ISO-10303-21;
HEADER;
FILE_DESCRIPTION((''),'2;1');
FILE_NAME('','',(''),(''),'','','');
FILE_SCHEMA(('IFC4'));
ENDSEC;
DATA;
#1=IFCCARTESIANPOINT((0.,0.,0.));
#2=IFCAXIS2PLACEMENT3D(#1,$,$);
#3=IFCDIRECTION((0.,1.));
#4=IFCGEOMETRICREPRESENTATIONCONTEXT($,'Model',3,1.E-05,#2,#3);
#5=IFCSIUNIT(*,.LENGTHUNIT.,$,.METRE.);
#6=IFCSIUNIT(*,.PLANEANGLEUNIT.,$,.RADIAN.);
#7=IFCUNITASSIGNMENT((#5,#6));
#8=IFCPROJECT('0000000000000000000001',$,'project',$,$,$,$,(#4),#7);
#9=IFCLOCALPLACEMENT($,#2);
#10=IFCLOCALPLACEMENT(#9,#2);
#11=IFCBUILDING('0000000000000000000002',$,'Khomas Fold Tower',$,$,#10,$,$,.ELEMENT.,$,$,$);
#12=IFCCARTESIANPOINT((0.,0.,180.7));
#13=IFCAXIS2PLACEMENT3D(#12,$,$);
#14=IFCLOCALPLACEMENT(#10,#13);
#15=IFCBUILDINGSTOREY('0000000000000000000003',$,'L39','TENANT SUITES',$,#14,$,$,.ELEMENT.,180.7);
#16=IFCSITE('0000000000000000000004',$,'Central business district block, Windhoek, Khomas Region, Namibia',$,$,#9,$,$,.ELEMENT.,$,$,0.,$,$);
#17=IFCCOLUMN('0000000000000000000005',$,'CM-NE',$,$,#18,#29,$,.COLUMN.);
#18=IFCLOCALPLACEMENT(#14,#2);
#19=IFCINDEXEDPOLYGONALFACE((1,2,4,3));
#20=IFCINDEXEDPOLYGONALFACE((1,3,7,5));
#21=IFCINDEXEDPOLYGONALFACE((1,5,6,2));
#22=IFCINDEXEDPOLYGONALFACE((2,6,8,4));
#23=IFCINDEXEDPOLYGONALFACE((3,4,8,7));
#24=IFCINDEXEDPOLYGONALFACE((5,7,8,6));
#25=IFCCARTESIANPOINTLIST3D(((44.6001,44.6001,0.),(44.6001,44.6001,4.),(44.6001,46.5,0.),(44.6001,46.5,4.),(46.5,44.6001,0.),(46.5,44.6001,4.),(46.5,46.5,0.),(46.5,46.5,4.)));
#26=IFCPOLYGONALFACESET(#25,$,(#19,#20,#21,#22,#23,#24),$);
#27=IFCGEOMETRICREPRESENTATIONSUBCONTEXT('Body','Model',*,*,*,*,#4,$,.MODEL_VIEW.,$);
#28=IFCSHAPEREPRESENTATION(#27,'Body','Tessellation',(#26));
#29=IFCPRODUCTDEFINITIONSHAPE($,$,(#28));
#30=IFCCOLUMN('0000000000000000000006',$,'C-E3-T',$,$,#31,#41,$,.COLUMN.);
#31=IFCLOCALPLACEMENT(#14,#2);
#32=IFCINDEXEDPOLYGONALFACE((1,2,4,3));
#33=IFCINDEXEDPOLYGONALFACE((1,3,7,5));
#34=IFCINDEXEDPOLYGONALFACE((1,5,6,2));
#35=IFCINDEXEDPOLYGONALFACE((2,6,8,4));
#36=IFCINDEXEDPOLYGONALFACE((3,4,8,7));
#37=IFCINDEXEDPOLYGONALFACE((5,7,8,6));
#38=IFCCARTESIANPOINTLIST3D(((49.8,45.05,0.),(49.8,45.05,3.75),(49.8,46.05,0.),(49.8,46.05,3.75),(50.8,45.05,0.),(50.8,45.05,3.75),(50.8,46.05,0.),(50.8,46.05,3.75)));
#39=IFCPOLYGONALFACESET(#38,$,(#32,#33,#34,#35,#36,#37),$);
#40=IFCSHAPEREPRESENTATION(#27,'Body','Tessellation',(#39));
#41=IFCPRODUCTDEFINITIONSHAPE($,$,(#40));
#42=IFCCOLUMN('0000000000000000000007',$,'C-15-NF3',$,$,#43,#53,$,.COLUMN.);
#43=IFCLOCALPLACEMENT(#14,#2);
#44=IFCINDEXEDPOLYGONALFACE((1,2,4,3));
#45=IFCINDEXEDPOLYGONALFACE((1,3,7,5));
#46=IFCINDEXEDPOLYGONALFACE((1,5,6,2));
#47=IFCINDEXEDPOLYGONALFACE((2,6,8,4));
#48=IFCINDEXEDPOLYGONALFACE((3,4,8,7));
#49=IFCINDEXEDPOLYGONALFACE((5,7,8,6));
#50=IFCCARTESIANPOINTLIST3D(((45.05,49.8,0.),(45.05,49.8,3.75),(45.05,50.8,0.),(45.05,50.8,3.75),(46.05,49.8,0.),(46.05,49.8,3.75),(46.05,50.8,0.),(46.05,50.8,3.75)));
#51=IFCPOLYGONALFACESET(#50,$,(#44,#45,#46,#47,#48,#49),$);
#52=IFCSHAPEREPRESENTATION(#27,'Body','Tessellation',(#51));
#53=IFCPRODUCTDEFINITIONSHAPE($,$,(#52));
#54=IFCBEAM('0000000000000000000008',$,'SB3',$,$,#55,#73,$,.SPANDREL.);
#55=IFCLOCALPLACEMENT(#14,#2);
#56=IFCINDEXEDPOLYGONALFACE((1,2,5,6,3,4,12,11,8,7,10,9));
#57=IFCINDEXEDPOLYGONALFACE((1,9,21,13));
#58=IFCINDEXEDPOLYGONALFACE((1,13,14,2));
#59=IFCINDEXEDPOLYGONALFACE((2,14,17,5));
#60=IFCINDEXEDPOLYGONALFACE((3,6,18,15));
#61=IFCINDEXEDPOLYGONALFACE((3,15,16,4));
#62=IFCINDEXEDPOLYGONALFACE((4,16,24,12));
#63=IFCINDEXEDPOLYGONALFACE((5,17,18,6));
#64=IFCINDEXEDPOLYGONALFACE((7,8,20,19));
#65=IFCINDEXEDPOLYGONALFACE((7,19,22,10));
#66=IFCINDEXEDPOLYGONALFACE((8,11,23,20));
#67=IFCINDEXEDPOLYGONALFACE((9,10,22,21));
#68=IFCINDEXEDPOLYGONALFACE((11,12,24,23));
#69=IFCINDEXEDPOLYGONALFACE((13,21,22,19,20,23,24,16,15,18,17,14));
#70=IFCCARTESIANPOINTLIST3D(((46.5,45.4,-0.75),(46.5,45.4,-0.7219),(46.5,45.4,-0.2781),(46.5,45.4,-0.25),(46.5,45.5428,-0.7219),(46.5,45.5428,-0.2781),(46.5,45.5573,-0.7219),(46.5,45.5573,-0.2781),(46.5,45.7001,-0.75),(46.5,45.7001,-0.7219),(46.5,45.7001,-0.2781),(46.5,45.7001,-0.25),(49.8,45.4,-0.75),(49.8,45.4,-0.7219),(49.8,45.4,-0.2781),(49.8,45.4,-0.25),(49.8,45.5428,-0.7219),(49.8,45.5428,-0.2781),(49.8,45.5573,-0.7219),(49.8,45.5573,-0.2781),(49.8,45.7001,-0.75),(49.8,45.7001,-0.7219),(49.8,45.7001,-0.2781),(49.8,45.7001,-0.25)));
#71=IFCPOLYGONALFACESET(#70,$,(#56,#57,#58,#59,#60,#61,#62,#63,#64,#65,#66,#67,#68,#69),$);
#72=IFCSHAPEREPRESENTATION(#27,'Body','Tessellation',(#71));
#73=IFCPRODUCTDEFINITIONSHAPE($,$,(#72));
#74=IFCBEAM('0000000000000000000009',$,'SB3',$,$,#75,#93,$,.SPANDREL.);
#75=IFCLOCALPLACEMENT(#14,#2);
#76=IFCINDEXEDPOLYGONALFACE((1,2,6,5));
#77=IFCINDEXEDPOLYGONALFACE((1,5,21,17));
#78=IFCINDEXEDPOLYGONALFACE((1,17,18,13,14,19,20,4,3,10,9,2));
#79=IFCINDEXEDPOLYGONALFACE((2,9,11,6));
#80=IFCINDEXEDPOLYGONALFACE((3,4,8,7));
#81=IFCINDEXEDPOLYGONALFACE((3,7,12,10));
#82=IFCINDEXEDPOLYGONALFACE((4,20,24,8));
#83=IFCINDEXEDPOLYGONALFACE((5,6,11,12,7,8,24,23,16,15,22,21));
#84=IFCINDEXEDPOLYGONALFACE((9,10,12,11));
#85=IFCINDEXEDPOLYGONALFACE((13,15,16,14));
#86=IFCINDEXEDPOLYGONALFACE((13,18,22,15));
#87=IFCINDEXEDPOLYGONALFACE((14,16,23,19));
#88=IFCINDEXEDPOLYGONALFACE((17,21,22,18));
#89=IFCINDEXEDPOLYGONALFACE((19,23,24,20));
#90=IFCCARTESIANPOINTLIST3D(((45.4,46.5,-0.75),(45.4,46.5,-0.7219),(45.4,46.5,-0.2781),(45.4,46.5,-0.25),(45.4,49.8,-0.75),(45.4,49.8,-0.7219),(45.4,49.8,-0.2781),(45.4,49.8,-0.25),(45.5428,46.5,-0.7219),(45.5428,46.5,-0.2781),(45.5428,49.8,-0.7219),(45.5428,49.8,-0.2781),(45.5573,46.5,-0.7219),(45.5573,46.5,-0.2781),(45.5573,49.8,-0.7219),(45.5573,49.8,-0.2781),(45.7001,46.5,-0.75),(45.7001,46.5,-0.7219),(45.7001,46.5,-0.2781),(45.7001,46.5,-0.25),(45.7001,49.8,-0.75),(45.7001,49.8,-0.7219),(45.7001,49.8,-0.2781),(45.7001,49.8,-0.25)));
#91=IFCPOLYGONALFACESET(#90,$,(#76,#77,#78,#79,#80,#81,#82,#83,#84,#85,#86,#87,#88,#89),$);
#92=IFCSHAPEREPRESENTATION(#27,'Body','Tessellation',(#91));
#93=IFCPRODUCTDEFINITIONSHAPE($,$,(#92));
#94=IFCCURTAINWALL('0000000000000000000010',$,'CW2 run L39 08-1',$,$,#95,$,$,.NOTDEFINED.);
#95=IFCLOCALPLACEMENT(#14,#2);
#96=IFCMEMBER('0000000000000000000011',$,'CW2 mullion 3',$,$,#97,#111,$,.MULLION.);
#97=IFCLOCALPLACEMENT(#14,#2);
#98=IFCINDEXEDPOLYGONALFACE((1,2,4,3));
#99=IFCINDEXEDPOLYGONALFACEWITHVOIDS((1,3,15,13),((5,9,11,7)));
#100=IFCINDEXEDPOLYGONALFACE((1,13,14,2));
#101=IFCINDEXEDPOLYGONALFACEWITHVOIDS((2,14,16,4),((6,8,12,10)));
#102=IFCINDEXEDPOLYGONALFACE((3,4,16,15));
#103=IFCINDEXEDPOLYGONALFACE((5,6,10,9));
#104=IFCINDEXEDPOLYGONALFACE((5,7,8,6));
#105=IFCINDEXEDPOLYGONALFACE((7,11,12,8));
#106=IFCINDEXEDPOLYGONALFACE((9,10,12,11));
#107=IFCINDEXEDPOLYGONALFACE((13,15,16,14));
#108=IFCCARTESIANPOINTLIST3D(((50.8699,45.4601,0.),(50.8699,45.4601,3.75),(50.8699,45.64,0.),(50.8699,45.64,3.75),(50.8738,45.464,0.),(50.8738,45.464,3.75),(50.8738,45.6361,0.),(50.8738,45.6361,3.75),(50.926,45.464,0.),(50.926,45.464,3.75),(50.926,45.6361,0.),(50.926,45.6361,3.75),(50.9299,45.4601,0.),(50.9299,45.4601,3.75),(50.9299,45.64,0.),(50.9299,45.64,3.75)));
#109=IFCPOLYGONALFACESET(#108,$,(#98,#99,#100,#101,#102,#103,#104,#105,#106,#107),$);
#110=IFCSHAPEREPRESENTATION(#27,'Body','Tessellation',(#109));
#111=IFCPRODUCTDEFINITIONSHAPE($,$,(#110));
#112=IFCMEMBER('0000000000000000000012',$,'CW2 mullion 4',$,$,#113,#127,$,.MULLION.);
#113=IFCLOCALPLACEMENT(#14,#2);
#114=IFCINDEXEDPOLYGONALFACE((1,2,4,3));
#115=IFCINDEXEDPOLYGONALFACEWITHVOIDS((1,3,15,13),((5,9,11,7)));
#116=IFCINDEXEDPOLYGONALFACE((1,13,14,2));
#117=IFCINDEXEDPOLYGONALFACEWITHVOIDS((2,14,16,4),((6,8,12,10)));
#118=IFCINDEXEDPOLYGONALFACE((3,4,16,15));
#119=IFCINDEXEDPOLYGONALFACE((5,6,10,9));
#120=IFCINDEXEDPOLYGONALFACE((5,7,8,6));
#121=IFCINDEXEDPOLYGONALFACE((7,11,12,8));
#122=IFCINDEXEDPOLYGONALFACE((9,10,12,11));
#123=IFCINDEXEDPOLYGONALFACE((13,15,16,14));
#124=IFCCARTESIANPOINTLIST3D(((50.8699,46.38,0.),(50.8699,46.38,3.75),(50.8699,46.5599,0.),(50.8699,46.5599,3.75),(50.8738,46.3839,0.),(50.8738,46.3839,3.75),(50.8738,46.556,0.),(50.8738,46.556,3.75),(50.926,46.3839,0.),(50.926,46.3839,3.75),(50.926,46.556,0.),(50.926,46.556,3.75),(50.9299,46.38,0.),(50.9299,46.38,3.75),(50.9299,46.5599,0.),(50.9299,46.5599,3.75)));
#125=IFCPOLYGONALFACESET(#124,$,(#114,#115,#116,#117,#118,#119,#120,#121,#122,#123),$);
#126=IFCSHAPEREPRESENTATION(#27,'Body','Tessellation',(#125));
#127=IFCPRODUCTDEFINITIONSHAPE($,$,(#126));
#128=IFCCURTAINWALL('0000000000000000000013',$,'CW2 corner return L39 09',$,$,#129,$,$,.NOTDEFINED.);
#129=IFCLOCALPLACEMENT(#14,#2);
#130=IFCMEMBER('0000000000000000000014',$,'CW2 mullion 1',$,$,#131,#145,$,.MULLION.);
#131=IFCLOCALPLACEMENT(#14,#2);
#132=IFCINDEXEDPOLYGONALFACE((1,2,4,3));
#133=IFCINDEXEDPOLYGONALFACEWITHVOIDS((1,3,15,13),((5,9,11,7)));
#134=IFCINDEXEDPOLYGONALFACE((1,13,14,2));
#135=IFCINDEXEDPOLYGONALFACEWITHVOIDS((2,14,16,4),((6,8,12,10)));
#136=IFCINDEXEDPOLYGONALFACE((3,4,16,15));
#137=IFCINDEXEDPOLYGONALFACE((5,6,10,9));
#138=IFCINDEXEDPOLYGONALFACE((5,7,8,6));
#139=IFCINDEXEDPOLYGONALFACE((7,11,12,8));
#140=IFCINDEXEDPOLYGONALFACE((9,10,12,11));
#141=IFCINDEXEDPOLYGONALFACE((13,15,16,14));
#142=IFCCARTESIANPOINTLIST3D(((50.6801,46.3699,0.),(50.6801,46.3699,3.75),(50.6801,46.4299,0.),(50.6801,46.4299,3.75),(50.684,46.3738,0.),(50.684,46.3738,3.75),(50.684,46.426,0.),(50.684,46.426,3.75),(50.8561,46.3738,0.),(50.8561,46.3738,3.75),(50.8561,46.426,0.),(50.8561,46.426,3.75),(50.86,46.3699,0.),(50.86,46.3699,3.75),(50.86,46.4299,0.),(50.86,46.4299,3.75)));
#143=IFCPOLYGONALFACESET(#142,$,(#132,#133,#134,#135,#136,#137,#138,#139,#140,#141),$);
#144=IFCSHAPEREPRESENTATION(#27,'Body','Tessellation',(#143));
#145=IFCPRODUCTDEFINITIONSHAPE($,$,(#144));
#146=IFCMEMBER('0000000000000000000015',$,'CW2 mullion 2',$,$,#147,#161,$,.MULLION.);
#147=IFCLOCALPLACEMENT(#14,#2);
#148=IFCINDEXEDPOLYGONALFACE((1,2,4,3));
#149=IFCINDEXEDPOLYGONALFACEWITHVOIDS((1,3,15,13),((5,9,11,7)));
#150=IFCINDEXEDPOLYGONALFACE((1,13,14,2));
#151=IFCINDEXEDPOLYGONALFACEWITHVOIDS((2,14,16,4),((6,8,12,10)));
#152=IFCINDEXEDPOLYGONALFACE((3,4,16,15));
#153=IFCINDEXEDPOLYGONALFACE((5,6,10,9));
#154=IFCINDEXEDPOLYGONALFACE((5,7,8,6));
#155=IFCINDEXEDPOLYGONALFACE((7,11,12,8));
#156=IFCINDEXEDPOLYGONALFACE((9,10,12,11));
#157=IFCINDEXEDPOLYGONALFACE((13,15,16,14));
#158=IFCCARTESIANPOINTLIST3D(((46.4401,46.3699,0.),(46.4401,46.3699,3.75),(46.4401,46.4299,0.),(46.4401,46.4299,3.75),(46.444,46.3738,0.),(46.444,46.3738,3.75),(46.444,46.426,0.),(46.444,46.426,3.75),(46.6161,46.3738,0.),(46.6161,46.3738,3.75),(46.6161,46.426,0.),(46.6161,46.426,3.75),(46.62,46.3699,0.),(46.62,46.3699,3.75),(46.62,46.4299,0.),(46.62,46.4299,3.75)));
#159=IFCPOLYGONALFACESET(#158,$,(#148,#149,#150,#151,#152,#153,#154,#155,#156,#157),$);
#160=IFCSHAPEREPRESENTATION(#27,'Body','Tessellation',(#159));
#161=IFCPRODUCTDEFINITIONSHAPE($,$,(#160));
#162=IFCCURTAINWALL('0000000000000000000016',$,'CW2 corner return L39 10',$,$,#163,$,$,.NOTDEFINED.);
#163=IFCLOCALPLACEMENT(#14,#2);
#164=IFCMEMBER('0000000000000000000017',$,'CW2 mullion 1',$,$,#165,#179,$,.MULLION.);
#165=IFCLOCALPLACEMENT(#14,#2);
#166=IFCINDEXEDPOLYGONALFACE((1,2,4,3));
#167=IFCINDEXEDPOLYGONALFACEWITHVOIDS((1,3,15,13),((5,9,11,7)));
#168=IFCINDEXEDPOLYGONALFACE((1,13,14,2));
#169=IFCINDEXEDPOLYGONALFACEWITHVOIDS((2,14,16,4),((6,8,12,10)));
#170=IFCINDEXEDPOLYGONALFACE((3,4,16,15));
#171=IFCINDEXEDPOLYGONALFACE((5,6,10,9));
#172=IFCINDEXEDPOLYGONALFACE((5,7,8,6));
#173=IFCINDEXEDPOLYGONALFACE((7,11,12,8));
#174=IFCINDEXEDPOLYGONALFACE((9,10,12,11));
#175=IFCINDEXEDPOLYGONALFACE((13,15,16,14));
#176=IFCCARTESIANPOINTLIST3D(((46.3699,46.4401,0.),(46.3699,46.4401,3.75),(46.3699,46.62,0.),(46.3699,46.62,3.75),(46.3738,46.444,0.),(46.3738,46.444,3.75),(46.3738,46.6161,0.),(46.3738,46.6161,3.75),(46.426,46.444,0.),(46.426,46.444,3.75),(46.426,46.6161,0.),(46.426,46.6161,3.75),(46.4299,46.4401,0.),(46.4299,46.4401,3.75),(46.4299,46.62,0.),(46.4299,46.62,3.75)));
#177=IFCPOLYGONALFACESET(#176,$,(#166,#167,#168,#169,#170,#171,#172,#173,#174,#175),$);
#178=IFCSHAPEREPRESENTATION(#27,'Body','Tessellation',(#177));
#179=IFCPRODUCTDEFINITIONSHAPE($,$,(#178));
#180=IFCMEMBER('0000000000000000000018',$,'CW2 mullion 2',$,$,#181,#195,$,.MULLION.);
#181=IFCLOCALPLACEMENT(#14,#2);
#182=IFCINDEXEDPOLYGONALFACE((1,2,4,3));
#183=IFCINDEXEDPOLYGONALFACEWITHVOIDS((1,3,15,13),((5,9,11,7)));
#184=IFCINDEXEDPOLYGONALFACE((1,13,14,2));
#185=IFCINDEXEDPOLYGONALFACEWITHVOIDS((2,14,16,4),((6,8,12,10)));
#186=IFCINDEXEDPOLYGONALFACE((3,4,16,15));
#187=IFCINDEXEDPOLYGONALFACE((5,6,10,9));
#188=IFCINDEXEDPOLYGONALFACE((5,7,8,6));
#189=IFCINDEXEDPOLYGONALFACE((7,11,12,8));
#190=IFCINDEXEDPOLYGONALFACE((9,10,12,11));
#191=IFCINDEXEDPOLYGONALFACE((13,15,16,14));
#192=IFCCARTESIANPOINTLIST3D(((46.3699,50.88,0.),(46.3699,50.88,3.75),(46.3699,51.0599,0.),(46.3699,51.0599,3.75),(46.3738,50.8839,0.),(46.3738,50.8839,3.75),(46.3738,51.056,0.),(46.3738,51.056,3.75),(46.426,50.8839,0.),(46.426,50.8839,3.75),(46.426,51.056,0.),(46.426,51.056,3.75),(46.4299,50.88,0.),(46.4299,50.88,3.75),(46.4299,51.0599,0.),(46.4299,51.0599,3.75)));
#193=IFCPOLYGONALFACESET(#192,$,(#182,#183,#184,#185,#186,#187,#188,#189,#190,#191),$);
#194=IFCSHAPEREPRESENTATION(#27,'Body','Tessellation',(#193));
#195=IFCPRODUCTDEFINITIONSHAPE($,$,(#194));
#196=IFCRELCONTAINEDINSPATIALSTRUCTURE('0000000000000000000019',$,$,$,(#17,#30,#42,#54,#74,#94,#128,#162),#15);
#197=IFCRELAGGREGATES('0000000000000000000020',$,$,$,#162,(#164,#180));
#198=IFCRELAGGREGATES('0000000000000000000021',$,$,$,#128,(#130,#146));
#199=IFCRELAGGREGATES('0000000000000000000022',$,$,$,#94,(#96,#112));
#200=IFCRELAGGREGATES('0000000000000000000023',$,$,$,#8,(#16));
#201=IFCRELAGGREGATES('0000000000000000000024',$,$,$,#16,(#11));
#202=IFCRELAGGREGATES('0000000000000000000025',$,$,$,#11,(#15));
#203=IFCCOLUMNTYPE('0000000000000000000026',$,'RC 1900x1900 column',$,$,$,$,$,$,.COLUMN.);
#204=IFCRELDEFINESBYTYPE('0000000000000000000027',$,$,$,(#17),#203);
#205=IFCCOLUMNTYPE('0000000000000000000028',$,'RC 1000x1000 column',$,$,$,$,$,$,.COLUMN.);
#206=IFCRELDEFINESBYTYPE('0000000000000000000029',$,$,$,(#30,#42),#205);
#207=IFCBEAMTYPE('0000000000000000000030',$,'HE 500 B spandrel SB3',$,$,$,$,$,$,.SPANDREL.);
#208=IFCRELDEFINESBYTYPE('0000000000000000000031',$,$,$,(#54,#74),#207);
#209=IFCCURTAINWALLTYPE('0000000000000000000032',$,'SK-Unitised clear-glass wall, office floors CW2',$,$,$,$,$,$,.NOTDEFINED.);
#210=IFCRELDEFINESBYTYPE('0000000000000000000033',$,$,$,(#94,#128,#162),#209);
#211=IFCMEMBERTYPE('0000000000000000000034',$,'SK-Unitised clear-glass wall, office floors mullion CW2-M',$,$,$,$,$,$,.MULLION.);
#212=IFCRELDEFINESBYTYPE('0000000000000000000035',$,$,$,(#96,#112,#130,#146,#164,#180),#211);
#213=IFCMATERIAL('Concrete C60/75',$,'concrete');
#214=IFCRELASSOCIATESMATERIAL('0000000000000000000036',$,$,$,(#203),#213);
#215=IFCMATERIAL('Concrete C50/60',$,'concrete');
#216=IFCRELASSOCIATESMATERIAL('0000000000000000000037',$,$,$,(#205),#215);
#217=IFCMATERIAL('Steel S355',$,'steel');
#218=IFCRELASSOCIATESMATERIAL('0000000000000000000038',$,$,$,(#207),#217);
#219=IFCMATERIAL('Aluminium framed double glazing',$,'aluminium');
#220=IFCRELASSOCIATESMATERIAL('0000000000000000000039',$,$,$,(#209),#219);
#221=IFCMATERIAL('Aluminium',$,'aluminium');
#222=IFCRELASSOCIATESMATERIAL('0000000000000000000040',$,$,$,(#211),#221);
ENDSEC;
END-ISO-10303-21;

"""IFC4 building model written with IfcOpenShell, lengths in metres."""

from ifc_helpers import new_model, si_unit, direction, frame, origin, origin_2d, place, context, subcontext, project, spatial, rectangle, hollow_rectangle, i_section, extrude, source, transform, mapped, material, material_profile, profile_set, type_object, element, aggregate, save


model = new_model("IFC4")

# Units and contexts
model_context = context("Model", 3, precision=1e-05, world=origin(), true_north=direction((0.0, 1.0)))
body_context = subcontext(model_context, "Body", "Model", "MODEL_VIEW")
ifc_project = project(units=[si_unit("LENGTHUNIT", "METRE"), si_unit("PLANEANGLEUNIT", "RADIAN")], contexts=[model_context])

# Site, building, storey
site_placement = place(None, origin())
site = spatial("IfcSite", under=ifc_project, at=site_placement, Name="Central business district block, Windhoek, Khomas Region, Namibia", CompositionType="ELEMENT", RefElevation=0.0)
building_placement = place(site_placement, origin())
building = spatial("IfcBuilding", under=site, at=building_placement, Name="Khomas Fold Tower", CompositionType="ELEMENT")
storey_placement = place(building_placement, frame((0.0, 0.0, 180.7)))
storey = spatial("IfcBuildingStorey", under=building, at=storey_placement, Name="L39", Description="TENANT SUITES", CompositionType="ELEMENT", Elevation=180.7)

# Columns
ifc_material_1 = material(Name="Concrete C60/75", Category="concrete")
ifc_material_profile_1 = material_profile(ifc_material_1, rectangle(XDim=1.8999, YDim=1.8999, at=origin_2d()), Name="RC 1900x1900")
ifc_profile_set_1 = profile_set([ifc_material_profile_1], Name="Concrete C60/75")
column_type_1 = type_object("IfcColumnType", Name="RC 1900x1900 column", PredefinedType="COLUMN", material=ifc_profile_set_1)
shared_shape_1 = source(origin(), body_context, "Body", "SweptSolid", [
    extrude(rectangle(XDim=1.8999, YDim=1.8999, at=origin_2d()), origin(), (0.0, 0.0, 1.0), 4.0),
])
column_placement = place(storey_placement, frame((45.55, 45.55, 0.0), z_axis=(0.0, 0.0, 1.0), x_axis=(1.0, 0.0, 0.0)))
element("IfcColumn", 1, at=column_placement, inside=storey, type_object=column_type_1, Name="CM-NE", PredefinedType="COLUMN", context=body_context, shape_type="MappedRepresentation", body=[
    mapped(shared_shape_1, transform((0.0, 0.0, 0.0))),
])
ifc_material_2 = material(Name="Concrete C50/60", Category="concrete")
ifc_material_profile_2 = material_profile(ifc_material_2, rectangle(XDim=1.0, YDim=1.0, at=origin_2d()), Name="RC 1000x1000")
ifc_profile_set_2 = profile_set([ifc_material_profile_2], Name="Concrete C50/60")
column_type_2 = type_object("IfcColumnType", Name="RC 1000x1000 column", PredefinedType="COLUMN", material=ifc_profile_set_2)
shared_shape_2 = source(origin(), body_context, "Body", "SweptSolid", [
    extrude(rectangle(XDim=1.0, YDim=1.0, at=origin_2d()), origin(), (0.0, 0.0, 1.0), 3.75),
])
for number, where, z_axis, x_axis, name in (
    (2, (50.3, 45.55, 0.0), (0.0, 0.0, 1.0), (1.0, 0.0, 0.0), "C-E3-T"),
    (3, (45.55, 50.3, 0.0), (0.0, 0.0, 1.0), (1.0, 0.0, 0.0), "C-15-NF3"),
):
    element("IfcColumn", number, at=place(storey_placement, frame(where, z_axis=z_axis, x_axis=x_axis)), inside=storey, type_object=column_type_2, Name=name, PredefinedType="COLUMN", context=body_context, shape_type="MappedRepresentation", body=[
        mapped(shared_shape_2, transform((0.0, 0.0, 0.0))),
    ])

# Beams
ifc_material_3 = material(Name="Steel S355", Category="steel")
ifc_material_profile_3 = material_profile(ifc_material_3, i_section(OverallWidth=0.3, OverallDepth=0.5, WebThickness=0.0144, FlangeThickness=0.0281, at=origin_2d()), Name="HE 500 B")
ifc_profile_set_3 = profile_set([ifc_material_profile_3], Name="Steel S355")
beam_type = type_object("IfcBeamType", Name="HE 500 B spandrel SB3", PredefinedType="SPANDREL", material=ifc_profile_set_3)
shared_shape_3 = source(origin(), body_context, "Body", "SweptSolid", [
    extrude(i_section(OverallWidth=0.3, OverallDepth=0.5, WebThickness=0.0144, FlangeThickness=0.0281, at=origin_2d()), origin(), (0.0, 0.0, 1.0), 3.3),
])
for number, where, z_axis, x_axis, name in (
    (4, (46.5, 45.55, -0.5), (1.0, 0.0, 0.0), (0.0, 1.0, 0.0), "SB3"),
    (5, (45.55, 46.5, -0.5), (0.0, 1.0, 0.0), (-1.0, 0.0, 0.0), "SB3"),
):
    element("IfcBeam", number, at=place(storey_placement, frame(where, z_axis=z_axis, x_axis=x_axis)), inside=storey, type_object=beam_type, Name=name, PredefinedType="SPANDREL", context=body_context, shape_type="MappedRepresentation", body=[
        mapped(shared_shape_3, transform((0.0, 0.0, 0.0))),
    ])

# Curtain walls, members
ifc_material_4 = material(Name="Aluminium framed double glazing", Category="aluminium")
curtain_wall_type_1 = type_object("IfcCurtainWallType", Name="SK-Unitised clear-glass wall, office floors CW2", PredefinedType="NOTDEFINED", material=ifc_material_4)
curtain_wall_1_placement = place(storey_placement, origin())
curtain_wall_1 = element("IfcCurtainWall", 6, at=curtain_wall_1_placement, inside=storey, type_object=curtain_wall_type_1, Name="CW2 run L39 08-1", PredefinedType="NOTDEFINED")
ifc_material_5 = material(Name="Aluminium", Category="aluminium")
ifc_material_profile_4 = material_profile(ifc_material_5, hollow_rectangle(XDim=0.0601, YDim=0.1799, WallThickness=0.0039, at=origin_2d()), Name="SK-Unitised clear-glass wall, office floors mullion CW2-M")
ifc_profile_set_4 = profile_set([ifc_material_profile_4], Name="Aluminium")
member_type_1 = type_object("IfcMemberType", Name="SK-Unitised clear-glass wall, office floors mullion CW2-M", PredefinedType="MULLION", material=ifc_profile_set_4)
shared_shape_4 = source(origin(), body_context, "Body", "SweptSolid", [
    extrude(hollow_rectangle(XDim=0.0601, YDim=0.1799, WallThickness=0.0039, at=origin_2d()), origin(), (0.0, 0.0, 1.0), 3.75),
])
member_1_placement = place(storey_placement, frame((50.8999, 45.55, 0.0), z_axis=(0.0, 0.0, 1.0), x_axis=(-1.0, 0.0, 0.0)))
member_1 = element("IfcMember", 7, at=member_1_placement, type_object=member_type_1, Name="CW2 mullion 3", PredefinedType="MULLION", context=body_context, shape_type="MappedRepresentation", body=[
    mapped(shared_shape_4, transform((0.0, 0.0, 0.0))),
])
member_2_placement = place(storey_placement, frame((50.8999, 46.47, 0.0), z_axis=(0.0, 0.0, 1.0), x_axis=(-1.0, 0.0, 0.0)))
member_2 = element("IfcMember", 8, at=member_2_placement, type_object=member_type_1, Name="CW2 mullion 4", PredefinedType="MULLION", context=body_context, shape_type="MappedRepresentation", body=[
    mapped(shared_shape_4, transform((0.0, 0.0, 0.0))),
])
curtain_wall_2_placement = place(storey_placement, origin())
curtain_wall_2 = element("IfcCurtainWall", 9, at=curtain_wall_2_placement, inside=storey, type_object=curtain_wall_type_1, Name="CW2 corner return L39 09", PredefinedType="NOTDEFINED")
member_3_placement = place(storey_placement, frame((50.77, 46.3999, 0.0), z_axis=(0.0, 0.0, 1.0), x_axis=(0.0, -1.0, 0.0)))
member_3 = element("IfcMember", 10, at=member_3_placement, type_object=member_type_1, Name="CW2 mullion 1", PredefinedType="MULLION", context=body_context, shape_type="MappedRepresentation", body=[
    mapped(shared_shape_4, transform((0.0, 0.0, 0.0))),
])
member_4_placement = place(storey_placement, frame((46.53, 46.3999, 0.0), z_axis=(0.0, 0.0, 1.0), x_axis=(0.0, -1.0, 0.0)))
member_4 = element("IfcMember", 11, at=member_4_placement, type_object=member_type_1, Name="CW2 mullion 2", PredefinedType="MULLION", context=body_context, shape_type="MappedRepresentation", body=[
    mapped(shared_shape_4, transform((0.0, 0.0, 0.0))),
])
curtain_wall_3_placement = place(storey_placement, origin())
curtain_wall_3 = element("IfcCurtainWall", 12, at=curtain_wall_3_placement, inside=storey, type_object=curtain_wall_type_1, Name="CW2 corner return L39 10", PredefinedType="NOTDEFINED")
member_5_placement = place(storey_placement, frame((46.3999, 46.53, 0.0), z_axis=(0.0, 0.0, 1.0), x_axis=(-1.0, 0.0, 0.0)))
member_5 = element("IfcMember", 13, at=member_5_placement, type_object=member_type_1, Name="CW2 mullion 1", PredefinedType="MULLION", context=body_context, shape_type="MappedRepresentation", body=[
    mapped(shared_shape_4, transform((0.0, 0.0, 0.0))),
])
member_6_placement = place(storey_placement, frame((46.3999, 50.97, 0.0), z_axis=(0.0, 0.0, 1.0), x_axis=(-1.0, 0.0, 0.0)))
member_6 = element("IfcMember", 14, at=member_6_placement, type_object=member_type_1, Name="CW2 mullion 2", PredefinedType="MULLION", context=body_context, shape_type="MappedRepresentation", body=[
    mapped(shared_shape_4, transform((0.0, 0.0, 0.0))),
])

aggregate(curtain_wall_3, [member_5, member_6])
aggregate(curtain_wall_2, [member_3, member_4])
aggregate(curtain_wall_1, [member_1, member_2])

save(model, "model.ifc")
